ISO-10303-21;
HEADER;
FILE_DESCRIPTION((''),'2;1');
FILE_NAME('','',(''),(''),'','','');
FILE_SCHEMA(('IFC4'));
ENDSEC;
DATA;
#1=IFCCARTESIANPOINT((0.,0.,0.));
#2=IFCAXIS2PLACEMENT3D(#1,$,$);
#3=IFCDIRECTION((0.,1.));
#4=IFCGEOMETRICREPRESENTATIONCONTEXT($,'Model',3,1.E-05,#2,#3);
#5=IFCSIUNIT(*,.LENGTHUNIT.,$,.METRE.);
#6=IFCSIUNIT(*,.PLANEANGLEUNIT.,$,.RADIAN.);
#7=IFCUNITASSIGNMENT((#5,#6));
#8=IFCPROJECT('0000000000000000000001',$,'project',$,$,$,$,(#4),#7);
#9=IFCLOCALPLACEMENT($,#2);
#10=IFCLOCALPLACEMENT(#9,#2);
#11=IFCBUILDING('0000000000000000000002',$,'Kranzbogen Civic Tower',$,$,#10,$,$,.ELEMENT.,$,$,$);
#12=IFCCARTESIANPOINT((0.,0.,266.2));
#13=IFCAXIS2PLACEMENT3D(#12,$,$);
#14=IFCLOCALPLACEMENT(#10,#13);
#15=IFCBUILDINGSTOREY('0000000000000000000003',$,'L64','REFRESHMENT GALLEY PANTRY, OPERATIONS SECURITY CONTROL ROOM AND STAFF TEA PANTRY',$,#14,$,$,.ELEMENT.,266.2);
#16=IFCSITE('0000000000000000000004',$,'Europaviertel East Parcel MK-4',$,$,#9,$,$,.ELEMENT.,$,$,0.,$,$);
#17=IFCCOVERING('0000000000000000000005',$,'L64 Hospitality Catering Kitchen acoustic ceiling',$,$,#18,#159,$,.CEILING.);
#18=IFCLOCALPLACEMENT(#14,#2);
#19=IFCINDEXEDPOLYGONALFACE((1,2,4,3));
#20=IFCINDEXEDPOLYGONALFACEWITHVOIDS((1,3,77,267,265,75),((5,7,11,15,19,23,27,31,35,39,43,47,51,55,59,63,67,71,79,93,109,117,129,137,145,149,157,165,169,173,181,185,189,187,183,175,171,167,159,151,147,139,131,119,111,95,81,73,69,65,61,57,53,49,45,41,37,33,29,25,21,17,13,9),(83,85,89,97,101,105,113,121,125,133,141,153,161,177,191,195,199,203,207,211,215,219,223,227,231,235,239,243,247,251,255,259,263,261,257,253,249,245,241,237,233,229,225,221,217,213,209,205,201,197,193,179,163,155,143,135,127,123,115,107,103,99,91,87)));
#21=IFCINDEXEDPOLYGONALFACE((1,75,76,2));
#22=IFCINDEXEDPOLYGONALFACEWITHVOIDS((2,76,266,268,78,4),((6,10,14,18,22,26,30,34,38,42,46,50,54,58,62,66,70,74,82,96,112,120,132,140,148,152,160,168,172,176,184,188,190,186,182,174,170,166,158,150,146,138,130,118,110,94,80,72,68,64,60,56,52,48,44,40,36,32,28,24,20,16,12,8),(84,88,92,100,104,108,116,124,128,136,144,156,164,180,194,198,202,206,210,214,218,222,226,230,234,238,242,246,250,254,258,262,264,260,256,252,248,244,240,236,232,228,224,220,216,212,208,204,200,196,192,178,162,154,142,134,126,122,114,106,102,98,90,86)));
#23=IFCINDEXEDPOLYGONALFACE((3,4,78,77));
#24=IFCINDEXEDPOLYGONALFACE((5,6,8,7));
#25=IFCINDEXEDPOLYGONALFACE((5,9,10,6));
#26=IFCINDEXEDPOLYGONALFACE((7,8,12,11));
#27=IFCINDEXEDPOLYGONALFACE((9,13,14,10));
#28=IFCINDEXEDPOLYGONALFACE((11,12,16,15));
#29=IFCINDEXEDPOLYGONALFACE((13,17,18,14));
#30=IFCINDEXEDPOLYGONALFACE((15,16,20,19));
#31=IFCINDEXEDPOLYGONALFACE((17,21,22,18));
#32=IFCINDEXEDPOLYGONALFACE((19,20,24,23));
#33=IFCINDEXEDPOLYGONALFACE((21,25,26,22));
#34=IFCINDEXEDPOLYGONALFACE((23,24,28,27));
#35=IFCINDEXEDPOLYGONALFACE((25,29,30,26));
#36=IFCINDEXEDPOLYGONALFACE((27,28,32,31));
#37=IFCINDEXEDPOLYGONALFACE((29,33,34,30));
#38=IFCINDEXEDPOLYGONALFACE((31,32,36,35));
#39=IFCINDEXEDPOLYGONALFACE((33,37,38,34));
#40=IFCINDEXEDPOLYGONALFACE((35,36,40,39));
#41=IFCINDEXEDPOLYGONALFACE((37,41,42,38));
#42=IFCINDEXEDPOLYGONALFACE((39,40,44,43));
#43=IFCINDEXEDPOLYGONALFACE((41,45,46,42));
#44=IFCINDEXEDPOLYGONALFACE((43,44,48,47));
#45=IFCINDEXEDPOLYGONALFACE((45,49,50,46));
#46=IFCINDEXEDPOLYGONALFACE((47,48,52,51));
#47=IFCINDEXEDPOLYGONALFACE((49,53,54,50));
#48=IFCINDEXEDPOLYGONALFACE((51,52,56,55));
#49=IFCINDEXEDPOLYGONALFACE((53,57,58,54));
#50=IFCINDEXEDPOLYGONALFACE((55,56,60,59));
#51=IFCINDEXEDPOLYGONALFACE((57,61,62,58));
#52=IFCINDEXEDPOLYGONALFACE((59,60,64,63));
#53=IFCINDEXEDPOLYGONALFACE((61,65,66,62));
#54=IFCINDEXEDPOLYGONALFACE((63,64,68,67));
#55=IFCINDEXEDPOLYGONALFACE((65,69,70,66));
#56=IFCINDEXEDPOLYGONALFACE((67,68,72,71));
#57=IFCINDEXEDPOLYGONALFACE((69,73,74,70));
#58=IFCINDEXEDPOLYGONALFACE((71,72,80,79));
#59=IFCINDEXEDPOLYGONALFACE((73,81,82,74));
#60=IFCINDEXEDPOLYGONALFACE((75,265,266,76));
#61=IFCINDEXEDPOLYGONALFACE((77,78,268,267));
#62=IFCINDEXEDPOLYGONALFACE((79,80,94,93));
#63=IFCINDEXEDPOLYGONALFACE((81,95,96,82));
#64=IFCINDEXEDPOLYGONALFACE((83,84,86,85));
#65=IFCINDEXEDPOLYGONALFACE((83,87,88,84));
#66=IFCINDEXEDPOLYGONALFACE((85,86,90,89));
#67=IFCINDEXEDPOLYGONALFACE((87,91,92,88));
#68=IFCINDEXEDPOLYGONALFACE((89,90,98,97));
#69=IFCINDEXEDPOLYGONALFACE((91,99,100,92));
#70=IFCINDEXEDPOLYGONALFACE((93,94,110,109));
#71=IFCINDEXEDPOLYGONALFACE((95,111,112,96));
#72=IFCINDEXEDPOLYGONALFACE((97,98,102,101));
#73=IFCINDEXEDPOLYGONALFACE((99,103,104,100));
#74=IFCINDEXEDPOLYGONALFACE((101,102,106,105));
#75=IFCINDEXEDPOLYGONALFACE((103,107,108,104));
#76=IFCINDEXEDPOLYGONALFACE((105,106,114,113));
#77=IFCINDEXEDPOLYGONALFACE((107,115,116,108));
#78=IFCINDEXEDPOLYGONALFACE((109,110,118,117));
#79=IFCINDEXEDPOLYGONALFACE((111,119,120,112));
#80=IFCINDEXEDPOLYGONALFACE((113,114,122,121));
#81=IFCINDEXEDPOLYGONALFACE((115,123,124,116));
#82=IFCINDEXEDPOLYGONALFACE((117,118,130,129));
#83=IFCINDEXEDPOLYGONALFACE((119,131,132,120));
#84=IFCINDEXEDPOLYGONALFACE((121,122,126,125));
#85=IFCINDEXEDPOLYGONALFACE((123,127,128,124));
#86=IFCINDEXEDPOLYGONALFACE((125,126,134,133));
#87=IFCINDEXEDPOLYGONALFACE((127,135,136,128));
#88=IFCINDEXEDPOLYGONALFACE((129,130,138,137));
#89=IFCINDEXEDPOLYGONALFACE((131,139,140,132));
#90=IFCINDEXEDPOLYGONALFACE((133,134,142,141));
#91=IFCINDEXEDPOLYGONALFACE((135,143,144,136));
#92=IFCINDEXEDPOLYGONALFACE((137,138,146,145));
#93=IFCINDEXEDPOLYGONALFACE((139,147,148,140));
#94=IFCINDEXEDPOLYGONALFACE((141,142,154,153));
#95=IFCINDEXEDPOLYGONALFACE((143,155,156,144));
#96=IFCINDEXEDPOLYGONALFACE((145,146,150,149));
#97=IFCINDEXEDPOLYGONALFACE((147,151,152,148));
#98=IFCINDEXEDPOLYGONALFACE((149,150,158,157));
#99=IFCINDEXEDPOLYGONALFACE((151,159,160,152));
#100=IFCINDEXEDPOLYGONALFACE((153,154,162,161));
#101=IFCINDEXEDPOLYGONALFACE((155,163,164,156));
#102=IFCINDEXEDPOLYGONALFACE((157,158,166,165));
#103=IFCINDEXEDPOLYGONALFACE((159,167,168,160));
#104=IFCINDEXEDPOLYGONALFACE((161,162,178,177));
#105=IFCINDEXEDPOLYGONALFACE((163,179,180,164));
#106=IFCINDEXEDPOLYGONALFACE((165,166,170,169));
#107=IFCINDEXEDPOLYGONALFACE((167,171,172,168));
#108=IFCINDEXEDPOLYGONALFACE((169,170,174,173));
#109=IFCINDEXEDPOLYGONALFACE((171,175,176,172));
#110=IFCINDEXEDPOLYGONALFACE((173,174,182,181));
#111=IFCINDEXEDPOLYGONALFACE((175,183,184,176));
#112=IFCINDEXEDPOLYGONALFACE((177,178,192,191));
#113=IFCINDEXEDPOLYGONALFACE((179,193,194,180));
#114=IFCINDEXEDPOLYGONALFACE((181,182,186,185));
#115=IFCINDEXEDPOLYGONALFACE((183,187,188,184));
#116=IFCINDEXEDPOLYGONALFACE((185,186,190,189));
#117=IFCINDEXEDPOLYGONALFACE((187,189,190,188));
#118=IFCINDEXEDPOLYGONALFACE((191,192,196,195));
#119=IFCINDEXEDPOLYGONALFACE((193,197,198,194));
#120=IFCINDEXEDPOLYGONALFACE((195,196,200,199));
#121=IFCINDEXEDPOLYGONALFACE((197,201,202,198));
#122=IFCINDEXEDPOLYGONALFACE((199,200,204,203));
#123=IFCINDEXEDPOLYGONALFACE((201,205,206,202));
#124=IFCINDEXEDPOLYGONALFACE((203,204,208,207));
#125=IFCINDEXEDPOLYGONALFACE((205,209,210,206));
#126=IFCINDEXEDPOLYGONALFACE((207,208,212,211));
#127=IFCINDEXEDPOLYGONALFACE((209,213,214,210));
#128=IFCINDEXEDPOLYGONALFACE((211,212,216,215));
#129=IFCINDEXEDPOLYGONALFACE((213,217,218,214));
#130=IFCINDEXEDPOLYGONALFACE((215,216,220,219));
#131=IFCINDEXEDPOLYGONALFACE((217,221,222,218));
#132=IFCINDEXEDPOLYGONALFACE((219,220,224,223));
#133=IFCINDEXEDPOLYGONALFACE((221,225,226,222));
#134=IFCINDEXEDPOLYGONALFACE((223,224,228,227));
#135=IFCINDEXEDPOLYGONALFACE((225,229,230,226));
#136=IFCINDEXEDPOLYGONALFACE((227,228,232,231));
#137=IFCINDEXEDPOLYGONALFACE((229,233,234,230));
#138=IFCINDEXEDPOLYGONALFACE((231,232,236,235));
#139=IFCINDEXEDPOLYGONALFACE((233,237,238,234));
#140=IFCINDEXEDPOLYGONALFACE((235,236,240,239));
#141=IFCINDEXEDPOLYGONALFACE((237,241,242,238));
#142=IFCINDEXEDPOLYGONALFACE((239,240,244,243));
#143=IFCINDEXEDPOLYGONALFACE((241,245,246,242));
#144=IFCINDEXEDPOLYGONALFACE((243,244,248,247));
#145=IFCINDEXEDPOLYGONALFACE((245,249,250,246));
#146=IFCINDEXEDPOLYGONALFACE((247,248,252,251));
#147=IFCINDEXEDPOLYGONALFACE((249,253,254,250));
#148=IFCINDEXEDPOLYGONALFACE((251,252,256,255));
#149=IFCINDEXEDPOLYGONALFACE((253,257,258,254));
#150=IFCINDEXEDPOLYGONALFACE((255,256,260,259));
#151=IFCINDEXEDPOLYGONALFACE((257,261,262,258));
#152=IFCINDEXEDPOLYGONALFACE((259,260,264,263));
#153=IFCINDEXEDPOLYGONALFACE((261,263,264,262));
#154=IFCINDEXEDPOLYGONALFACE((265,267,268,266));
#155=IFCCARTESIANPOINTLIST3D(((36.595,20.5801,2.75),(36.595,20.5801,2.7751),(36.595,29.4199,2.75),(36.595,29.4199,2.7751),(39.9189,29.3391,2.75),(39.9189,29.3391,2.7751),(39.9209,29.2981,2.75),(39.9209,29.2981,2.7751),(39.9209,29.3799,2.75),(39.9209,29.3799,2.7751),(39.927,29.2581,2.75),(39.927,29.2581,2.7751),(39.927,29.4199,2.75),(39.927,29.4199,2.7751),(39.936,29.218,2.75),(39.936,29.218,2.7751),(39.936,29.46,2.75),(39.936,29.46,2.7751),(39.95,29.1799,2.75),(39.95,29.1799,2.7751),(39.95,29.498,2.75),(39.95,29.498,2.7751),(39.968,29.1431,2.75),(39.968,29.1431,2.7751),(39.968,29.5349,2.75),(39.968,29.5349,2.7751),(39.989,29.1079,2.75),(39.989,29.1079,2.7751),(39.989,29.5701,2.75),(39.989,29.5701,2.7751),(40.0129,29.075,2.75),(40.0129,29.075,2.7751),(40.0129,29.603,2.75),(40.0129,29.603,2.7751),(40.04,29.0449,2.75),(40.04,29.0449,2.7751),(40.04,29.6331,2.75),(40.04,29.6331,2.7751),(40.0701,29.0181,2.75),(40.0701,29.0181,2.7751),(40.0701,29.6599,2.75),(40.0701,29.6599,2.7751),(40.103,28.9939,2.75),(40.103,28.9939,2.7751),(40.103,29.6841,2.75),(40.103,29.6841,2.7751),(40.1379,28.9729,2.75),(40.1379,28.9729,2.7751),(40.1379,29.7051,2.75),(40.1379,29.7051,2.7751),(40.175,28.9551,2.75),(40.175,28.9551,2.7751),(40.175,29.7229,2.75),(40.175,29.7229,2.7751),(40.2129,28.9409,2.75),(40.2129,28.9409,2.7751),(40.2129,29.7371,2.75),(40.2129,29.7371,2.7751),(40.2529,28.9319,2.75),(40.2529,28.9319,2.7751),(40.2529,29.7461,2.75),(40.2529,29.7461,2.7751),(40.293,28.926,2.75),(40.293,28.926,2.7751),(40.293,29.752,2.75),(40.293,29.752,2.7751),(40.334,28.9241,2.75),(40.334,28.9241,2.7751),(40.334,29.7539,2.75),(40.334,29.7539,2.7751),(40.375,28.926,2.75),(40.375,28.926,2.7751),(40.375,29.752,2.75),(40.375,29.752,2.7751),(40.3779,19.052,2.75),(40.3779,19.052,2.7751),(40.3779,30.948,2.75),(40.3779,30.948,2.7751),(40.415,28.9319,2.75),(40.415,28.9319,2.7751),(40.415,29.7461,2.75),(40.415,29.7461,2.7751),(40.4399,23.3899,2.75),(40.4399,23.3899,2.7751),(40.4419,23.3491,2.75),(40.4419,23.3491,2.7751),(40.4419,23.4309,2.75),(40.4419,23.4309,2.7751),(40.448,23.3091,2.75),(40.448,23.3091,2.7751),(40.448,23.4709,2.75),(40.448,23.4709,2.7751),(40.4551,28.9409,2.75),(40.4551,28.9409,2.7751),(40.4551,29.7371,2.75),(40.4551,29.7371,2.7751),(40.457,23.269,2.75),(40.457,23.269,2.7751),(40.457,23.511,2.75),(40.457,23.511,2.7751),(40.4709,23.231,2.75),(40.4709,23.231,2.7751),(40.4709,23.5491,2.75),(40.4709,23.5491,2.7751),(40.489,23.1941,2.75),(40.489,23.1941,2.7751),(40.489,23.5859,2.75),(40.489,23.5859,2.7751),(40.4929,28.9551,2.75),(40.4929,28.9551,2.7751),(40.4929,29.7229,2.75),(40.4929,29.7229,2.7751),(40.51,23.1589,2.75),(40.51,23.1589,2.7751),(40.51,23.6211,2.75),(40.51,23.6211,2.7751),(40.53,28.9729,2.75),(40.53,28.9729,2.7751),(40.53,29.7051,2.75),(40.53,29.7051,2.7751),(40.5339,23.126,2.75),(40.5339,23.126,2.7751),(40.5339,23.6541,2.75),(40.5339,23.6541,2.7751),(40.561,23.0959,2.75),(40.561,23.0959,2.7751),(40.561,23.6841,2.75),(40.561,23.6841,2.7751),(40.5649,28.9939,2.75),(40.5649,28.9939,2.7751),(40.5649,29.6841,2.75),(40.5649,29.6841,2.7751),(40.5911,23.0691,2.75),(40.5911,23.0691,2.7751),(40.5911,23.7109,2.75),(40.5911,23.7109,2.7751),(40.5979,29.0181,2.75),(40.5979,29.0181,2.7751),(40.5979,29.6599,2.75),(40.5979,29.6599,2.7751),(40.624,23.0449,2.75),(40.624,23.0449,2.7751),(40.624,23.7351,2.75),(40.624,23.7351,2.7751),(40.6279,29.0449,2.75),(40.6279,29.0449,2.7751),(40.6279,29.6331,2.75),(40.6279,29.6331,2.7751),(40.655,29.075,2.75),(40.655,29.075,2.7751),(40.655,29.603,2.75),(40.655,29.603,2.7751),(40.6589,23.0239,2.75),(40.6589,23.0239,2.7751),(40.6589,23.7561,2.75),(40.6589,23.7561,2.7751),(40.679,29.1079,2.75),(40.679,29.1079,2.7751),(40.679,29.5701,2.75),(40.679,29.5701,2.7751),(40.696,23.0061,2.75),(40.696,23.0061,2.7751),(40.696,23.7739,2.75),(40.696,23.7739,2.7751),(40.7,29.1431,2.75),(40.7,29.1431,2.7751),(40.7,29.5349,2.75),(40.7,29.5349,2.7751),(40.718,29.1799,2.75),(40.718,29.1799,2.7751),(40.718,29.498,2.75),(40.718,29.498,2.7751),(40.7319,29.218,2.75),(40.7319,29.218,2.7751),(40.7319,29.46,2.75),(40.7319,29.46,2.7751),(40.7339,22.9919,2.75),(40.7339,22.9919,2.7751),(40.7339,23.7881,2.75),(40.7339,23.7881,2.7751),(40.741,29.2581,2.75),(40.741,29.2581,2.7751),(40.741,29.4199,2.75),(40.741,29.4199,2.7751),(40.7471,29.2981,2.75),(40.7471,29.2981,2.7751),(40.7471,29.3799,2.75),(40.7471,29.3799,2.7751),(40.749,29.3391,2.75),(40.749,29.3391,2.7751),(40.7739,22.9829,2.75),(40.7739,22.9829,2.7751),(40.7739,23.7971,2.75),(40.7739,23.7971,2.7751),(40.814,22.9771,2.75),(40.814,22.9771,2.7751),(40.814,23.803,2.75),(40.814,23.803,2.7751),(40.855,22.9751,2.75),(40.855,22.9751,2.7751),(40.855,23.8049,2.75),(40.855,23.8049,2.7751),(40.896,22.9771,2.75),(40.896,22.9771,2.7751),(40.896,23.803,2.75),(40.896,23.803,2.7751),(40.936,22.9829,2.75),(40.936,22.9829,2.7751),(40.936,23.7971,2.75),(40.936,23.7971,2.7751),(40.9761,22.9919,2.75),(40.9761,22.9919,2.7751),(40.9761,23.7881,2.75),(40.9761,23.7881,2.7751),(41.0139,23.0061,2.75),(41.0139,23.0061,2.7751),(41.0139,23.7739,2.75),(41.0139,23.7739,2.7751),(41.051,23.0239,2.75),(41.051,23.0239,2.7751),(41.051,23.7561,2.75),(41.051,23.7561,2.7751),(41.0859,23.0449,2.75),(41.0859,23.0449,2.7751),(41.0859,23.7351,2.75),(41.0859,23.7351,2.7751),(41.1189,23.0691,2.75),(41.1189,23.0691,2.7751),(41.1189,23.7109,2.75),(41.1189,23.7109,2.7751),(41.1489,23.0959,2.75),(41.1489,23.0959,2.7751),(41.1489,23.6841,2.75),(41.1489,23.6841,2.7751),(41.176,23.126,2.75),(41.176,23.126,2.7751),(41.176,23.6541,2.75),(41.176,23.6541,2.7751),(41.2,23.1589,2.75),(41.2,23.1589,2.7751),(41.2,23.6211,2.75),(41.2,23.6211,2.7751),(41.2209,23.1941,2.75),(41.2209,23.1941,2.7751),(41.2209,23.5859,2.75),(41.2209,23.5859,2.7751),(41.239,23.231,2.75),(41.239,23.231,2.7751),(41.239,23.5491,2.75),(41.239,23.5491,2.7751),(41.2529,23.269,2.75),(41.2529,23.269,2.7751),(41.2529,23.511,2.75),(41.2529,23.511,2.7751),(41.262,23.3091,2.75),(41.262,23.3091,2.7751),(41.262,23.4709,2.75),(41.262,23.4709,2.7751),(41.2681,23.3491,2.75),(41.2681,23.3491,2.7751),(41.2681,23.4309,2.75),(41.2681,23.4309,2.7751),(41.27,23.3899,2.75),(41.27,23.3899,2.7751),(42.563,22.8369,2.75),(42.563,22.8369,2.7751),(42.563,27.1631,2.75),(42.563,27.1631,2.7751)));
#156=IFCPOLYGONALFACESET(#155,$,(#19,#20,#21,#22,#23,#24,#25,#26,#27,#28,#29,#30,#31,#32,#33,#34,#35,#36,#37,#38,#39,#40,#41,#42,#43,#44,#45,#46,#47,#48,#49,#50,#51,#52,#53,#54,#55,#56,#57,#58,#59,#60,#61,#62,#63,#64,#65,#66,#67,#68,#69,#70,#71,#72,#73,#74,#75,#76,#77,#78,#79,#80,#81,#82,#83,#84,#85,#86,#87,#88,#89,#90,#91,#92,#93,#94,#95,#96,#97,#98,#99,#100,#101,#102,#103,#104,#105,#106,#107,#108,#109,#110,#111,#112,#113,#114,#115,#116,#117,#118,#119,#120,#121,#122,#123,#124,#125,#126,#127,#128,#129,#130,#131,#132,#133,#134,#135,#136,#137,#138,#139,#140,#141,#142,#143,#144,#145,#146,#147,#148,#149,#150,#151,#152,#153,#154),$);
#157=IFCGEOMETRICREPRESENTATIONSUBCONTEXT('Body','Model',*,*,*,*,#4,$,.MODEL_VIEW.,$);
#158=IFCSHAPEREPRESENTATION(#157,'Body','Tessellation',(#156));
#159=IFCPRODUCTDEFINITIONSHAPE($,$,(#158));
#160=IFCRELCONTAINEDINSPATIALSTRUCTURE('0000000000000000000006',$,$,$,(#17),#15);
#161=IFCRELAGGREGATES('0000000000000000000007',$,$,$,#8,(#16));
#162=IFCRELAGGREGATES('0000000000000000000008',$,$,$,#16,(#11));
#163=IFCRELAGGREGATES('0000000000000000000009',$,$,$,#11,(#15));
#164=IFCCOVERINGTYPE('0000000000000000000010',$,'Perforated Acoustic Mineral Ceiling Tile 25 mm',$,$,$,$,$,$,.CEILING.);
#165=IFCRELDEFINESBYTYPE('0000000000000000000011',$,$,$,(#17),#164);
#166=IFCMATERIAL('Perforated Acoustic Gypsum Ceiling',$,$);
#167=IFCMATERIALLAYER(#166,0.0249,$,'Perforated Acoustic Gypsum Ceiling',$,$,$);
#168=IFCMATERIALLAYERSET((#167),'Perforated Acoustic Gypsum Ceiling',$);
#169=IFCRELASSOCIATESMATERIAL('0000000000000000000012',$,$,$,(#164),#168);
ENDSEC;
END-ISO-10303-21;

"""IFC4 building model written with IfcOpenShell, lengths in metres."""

from ifc_helpers import new_model, si_unit, direction, frame, origin, place, context, subcontext, project, spatial, polyline, outline, extrude, material, layer, layer_set, type_object, element, save


model = new_model("IFC4")

# Units and contexts
model_context = context("Model", 3, precision=1e-05, world=origin(), true_north=direction((0.0, 1.0)))
body_context = subcontext(model_context, "Body", "Model", "MODEL_VIEW")
ifc_project = project(units=[si_unit("LENGTHUNIT", "METRE"), si_unit("PLANEANGLEUNIT", "RADIAN")], contexts=[model_context])

# Site, building, storey
site_placement = place(None, origin())
site = spatial("IfcSite", under=ifc_project, at=site_placement, Name="Europaviertel East Parcel MK-4", CompositionType="ELEMENT", RefElevation=0.0)
building_placement = place(site_placement, origin())
building = spatial("IfcBuilding", under=site, at=building_placement, Name="Kranzbogen Civic Tower", CompositionType="ELEMENT")
storey_placement = place(building_placement, frame((0.0, 0.0, 266.2)))
storey = spatial("IfcBuildingStorey", under=building, at=storey_placement, Name="L64", Description="REFRESHMENT GALLEY PANTRY, OPERATIONS SECURITY CONTROL ROOM AND STAFF TEA PANTRY", CompositionType="ELEMENT", Elevation=266.2)

# Covering
ifc_material_1 = material(Name="Perforated Acoustic Gypsum Ceiling")
ifc_layer_1 = layer(ifc_material_1, 0.0249, Name="Perforated Acoustic Gypsum Ceiling")
ifc_layer_set_1 = layer_set([ifc_layer_1], Name="Perforated Acoustic Gypsum Ceiling")
covering_type_1 = type_object("IfcCoveringType", Name="Perforated Acoustic Mineral Ceiling Tile 25 mm", PredefinedType="CEILING", material=ifc_layer_set_1)
covering_1_placement = place(storey_placement, frame((0.0, 0.0, 2.75)))
element("IfcCovering", 1, at=covering_1_placement, inside=storey, type_object=covering_type_1, Name="L64 Hospitality Catering Kitchen acoustic ceiling", PredefinedType="CEILING", context=body_context, shape_type="SweptSolid", body=[
    extrude(outline(polyline([(42.563, 22.8369), (40.3779, 19.052), (36.595, 20.5801), (36.595, 29.4199), (40.3779, 30.948), (42.563, 27.1631), (42.563, 22.8369)]), holes=[polyline([(41.239, 23.231), (41.2209, 23.1941), (41.2, 23.1589), (41.176, 23.126), (41.1489, 23.0959), (41.1189, 23.0691), (41.0859, 23.0449), (41.051, 23.0239), (41.0139, 23.0061), (40.9761, 22.9919), (40.936, 22.9829), (40.896, 22.9771), (40.855, 22.9751), (40.814, 22.9771), (40.7739, 22.9829), (40.7339, 22.9919), (40.696, 23.0061), (40.6589, 23.0239), (40.624, 23.0449), (40.5911, 23.0691), (40.561, 23.0959), (40.5339, 23.126), (40.51, 23.1589), (40.489, 23.1941), (40.4709, 23.231), (40.457, 23.269), (40.448, 23.3091), (40.4419, 23.3491), (40.4399, 23.3899), (40.4419, 23.4309), (40.448, 23.4709), (40.457, 23.511), (40.4709, 23.5491), (40.489, 23.5859), (40.51, 23.6211), (40.5339, 23.6541), (40.561, 23.6841), (40.5911, 23.7109), (40.624, 23.7351), (40.6589, 23.7561), (40.696, 23.7739), (40.7339, 23.7881), (40.7739, 23.7971), (40.814, 23.803), (40.855, 23.8049), (40.896, 23.803), (40.936, 23.7971), (40.9761, 23.7881), (41.0139, 23.7739), (41.051, 23.7561), (41.0859, 23.7351), (41.1189, 23.7109), (41.1489, 23.6841), (41.176, 23.6541), (41.2, 23.6211), (41.2209, 23.5859), (41.239, 23.5491), (41.2529, 23.511), (41.262, 23.4709), (41.2681, 23.4309), (41.27, 23.3899), (41.2681, 23.3491), (41.262, 23.3091), (41.2529, 23.269), (41.239, 23.231)]), polyline([(40.718, 29.1799), (40.7, 29.1431), (40.679, 29.1079), (40.655, 29.075), (40.6279, 29.0449), (40.5979, 29.0181), (40.5649, 28.9939), (40.53, 28.9729), (40.4929, 28.9551), (40.4551, 28.9409), (40.415, 28.9319), (40.375, 28.926), (40.334, 28.9241), (40.293, 28.926), (40.2529, 28.9319), (40.2129, 28.9409), (40.175, 28.9551), (40.1379, 28.9729), (40.103, 28.9939), (40.0701, 29.0181), (40.04, 29.0449), (40.0129, 29.075), (39.989, 29.1079), (39.968, 29.1431), (39.95, 29.1799), (39.936, 29.218), (39.927, 29.2581), (39.9209, 29.2981), (39.9189, 29.3391), (39.9209, 29.3799), (39.927, 29.4199), (39.936, 29.46), (39.95, 29.498), (39.968, 29.5349), (39.989, 29.5701), (40.0129, 29.603), (40.04, 29.6331), (40.0701, 29.6599), (40.103, 29.6841), (40.1379, 29.7051), (40.175, 29.7229), (40.2129, 29.7371), (40.2529, 29.7461), (40.293, 29.752), (40.334, 29.7539), (40.375, 29.752), (40.415, 29.7461), (40.4551, 29.7371), (40.4929, 29.7229), (40.53, 29.7051), (40.5649, 29.6841), (40.5979, 29.6599), (40.6279, 29.6331), (40.655, 29.603), (40.679, 29.5701), (40.7, 29.5349), (40.718, 29.498), (40.7319, 29.46), (40.741, 29.4199), (40.7471, 29.3799), (40.749, 29.3391), (40.7471, 29.2981), (40.741, 29.2581), (40.7319, 29.218), (40.718, 29.1799)])]), origin(), (0.0, 0.0, 1.0), 0.0251),
])

save(model, "model.ifc")
